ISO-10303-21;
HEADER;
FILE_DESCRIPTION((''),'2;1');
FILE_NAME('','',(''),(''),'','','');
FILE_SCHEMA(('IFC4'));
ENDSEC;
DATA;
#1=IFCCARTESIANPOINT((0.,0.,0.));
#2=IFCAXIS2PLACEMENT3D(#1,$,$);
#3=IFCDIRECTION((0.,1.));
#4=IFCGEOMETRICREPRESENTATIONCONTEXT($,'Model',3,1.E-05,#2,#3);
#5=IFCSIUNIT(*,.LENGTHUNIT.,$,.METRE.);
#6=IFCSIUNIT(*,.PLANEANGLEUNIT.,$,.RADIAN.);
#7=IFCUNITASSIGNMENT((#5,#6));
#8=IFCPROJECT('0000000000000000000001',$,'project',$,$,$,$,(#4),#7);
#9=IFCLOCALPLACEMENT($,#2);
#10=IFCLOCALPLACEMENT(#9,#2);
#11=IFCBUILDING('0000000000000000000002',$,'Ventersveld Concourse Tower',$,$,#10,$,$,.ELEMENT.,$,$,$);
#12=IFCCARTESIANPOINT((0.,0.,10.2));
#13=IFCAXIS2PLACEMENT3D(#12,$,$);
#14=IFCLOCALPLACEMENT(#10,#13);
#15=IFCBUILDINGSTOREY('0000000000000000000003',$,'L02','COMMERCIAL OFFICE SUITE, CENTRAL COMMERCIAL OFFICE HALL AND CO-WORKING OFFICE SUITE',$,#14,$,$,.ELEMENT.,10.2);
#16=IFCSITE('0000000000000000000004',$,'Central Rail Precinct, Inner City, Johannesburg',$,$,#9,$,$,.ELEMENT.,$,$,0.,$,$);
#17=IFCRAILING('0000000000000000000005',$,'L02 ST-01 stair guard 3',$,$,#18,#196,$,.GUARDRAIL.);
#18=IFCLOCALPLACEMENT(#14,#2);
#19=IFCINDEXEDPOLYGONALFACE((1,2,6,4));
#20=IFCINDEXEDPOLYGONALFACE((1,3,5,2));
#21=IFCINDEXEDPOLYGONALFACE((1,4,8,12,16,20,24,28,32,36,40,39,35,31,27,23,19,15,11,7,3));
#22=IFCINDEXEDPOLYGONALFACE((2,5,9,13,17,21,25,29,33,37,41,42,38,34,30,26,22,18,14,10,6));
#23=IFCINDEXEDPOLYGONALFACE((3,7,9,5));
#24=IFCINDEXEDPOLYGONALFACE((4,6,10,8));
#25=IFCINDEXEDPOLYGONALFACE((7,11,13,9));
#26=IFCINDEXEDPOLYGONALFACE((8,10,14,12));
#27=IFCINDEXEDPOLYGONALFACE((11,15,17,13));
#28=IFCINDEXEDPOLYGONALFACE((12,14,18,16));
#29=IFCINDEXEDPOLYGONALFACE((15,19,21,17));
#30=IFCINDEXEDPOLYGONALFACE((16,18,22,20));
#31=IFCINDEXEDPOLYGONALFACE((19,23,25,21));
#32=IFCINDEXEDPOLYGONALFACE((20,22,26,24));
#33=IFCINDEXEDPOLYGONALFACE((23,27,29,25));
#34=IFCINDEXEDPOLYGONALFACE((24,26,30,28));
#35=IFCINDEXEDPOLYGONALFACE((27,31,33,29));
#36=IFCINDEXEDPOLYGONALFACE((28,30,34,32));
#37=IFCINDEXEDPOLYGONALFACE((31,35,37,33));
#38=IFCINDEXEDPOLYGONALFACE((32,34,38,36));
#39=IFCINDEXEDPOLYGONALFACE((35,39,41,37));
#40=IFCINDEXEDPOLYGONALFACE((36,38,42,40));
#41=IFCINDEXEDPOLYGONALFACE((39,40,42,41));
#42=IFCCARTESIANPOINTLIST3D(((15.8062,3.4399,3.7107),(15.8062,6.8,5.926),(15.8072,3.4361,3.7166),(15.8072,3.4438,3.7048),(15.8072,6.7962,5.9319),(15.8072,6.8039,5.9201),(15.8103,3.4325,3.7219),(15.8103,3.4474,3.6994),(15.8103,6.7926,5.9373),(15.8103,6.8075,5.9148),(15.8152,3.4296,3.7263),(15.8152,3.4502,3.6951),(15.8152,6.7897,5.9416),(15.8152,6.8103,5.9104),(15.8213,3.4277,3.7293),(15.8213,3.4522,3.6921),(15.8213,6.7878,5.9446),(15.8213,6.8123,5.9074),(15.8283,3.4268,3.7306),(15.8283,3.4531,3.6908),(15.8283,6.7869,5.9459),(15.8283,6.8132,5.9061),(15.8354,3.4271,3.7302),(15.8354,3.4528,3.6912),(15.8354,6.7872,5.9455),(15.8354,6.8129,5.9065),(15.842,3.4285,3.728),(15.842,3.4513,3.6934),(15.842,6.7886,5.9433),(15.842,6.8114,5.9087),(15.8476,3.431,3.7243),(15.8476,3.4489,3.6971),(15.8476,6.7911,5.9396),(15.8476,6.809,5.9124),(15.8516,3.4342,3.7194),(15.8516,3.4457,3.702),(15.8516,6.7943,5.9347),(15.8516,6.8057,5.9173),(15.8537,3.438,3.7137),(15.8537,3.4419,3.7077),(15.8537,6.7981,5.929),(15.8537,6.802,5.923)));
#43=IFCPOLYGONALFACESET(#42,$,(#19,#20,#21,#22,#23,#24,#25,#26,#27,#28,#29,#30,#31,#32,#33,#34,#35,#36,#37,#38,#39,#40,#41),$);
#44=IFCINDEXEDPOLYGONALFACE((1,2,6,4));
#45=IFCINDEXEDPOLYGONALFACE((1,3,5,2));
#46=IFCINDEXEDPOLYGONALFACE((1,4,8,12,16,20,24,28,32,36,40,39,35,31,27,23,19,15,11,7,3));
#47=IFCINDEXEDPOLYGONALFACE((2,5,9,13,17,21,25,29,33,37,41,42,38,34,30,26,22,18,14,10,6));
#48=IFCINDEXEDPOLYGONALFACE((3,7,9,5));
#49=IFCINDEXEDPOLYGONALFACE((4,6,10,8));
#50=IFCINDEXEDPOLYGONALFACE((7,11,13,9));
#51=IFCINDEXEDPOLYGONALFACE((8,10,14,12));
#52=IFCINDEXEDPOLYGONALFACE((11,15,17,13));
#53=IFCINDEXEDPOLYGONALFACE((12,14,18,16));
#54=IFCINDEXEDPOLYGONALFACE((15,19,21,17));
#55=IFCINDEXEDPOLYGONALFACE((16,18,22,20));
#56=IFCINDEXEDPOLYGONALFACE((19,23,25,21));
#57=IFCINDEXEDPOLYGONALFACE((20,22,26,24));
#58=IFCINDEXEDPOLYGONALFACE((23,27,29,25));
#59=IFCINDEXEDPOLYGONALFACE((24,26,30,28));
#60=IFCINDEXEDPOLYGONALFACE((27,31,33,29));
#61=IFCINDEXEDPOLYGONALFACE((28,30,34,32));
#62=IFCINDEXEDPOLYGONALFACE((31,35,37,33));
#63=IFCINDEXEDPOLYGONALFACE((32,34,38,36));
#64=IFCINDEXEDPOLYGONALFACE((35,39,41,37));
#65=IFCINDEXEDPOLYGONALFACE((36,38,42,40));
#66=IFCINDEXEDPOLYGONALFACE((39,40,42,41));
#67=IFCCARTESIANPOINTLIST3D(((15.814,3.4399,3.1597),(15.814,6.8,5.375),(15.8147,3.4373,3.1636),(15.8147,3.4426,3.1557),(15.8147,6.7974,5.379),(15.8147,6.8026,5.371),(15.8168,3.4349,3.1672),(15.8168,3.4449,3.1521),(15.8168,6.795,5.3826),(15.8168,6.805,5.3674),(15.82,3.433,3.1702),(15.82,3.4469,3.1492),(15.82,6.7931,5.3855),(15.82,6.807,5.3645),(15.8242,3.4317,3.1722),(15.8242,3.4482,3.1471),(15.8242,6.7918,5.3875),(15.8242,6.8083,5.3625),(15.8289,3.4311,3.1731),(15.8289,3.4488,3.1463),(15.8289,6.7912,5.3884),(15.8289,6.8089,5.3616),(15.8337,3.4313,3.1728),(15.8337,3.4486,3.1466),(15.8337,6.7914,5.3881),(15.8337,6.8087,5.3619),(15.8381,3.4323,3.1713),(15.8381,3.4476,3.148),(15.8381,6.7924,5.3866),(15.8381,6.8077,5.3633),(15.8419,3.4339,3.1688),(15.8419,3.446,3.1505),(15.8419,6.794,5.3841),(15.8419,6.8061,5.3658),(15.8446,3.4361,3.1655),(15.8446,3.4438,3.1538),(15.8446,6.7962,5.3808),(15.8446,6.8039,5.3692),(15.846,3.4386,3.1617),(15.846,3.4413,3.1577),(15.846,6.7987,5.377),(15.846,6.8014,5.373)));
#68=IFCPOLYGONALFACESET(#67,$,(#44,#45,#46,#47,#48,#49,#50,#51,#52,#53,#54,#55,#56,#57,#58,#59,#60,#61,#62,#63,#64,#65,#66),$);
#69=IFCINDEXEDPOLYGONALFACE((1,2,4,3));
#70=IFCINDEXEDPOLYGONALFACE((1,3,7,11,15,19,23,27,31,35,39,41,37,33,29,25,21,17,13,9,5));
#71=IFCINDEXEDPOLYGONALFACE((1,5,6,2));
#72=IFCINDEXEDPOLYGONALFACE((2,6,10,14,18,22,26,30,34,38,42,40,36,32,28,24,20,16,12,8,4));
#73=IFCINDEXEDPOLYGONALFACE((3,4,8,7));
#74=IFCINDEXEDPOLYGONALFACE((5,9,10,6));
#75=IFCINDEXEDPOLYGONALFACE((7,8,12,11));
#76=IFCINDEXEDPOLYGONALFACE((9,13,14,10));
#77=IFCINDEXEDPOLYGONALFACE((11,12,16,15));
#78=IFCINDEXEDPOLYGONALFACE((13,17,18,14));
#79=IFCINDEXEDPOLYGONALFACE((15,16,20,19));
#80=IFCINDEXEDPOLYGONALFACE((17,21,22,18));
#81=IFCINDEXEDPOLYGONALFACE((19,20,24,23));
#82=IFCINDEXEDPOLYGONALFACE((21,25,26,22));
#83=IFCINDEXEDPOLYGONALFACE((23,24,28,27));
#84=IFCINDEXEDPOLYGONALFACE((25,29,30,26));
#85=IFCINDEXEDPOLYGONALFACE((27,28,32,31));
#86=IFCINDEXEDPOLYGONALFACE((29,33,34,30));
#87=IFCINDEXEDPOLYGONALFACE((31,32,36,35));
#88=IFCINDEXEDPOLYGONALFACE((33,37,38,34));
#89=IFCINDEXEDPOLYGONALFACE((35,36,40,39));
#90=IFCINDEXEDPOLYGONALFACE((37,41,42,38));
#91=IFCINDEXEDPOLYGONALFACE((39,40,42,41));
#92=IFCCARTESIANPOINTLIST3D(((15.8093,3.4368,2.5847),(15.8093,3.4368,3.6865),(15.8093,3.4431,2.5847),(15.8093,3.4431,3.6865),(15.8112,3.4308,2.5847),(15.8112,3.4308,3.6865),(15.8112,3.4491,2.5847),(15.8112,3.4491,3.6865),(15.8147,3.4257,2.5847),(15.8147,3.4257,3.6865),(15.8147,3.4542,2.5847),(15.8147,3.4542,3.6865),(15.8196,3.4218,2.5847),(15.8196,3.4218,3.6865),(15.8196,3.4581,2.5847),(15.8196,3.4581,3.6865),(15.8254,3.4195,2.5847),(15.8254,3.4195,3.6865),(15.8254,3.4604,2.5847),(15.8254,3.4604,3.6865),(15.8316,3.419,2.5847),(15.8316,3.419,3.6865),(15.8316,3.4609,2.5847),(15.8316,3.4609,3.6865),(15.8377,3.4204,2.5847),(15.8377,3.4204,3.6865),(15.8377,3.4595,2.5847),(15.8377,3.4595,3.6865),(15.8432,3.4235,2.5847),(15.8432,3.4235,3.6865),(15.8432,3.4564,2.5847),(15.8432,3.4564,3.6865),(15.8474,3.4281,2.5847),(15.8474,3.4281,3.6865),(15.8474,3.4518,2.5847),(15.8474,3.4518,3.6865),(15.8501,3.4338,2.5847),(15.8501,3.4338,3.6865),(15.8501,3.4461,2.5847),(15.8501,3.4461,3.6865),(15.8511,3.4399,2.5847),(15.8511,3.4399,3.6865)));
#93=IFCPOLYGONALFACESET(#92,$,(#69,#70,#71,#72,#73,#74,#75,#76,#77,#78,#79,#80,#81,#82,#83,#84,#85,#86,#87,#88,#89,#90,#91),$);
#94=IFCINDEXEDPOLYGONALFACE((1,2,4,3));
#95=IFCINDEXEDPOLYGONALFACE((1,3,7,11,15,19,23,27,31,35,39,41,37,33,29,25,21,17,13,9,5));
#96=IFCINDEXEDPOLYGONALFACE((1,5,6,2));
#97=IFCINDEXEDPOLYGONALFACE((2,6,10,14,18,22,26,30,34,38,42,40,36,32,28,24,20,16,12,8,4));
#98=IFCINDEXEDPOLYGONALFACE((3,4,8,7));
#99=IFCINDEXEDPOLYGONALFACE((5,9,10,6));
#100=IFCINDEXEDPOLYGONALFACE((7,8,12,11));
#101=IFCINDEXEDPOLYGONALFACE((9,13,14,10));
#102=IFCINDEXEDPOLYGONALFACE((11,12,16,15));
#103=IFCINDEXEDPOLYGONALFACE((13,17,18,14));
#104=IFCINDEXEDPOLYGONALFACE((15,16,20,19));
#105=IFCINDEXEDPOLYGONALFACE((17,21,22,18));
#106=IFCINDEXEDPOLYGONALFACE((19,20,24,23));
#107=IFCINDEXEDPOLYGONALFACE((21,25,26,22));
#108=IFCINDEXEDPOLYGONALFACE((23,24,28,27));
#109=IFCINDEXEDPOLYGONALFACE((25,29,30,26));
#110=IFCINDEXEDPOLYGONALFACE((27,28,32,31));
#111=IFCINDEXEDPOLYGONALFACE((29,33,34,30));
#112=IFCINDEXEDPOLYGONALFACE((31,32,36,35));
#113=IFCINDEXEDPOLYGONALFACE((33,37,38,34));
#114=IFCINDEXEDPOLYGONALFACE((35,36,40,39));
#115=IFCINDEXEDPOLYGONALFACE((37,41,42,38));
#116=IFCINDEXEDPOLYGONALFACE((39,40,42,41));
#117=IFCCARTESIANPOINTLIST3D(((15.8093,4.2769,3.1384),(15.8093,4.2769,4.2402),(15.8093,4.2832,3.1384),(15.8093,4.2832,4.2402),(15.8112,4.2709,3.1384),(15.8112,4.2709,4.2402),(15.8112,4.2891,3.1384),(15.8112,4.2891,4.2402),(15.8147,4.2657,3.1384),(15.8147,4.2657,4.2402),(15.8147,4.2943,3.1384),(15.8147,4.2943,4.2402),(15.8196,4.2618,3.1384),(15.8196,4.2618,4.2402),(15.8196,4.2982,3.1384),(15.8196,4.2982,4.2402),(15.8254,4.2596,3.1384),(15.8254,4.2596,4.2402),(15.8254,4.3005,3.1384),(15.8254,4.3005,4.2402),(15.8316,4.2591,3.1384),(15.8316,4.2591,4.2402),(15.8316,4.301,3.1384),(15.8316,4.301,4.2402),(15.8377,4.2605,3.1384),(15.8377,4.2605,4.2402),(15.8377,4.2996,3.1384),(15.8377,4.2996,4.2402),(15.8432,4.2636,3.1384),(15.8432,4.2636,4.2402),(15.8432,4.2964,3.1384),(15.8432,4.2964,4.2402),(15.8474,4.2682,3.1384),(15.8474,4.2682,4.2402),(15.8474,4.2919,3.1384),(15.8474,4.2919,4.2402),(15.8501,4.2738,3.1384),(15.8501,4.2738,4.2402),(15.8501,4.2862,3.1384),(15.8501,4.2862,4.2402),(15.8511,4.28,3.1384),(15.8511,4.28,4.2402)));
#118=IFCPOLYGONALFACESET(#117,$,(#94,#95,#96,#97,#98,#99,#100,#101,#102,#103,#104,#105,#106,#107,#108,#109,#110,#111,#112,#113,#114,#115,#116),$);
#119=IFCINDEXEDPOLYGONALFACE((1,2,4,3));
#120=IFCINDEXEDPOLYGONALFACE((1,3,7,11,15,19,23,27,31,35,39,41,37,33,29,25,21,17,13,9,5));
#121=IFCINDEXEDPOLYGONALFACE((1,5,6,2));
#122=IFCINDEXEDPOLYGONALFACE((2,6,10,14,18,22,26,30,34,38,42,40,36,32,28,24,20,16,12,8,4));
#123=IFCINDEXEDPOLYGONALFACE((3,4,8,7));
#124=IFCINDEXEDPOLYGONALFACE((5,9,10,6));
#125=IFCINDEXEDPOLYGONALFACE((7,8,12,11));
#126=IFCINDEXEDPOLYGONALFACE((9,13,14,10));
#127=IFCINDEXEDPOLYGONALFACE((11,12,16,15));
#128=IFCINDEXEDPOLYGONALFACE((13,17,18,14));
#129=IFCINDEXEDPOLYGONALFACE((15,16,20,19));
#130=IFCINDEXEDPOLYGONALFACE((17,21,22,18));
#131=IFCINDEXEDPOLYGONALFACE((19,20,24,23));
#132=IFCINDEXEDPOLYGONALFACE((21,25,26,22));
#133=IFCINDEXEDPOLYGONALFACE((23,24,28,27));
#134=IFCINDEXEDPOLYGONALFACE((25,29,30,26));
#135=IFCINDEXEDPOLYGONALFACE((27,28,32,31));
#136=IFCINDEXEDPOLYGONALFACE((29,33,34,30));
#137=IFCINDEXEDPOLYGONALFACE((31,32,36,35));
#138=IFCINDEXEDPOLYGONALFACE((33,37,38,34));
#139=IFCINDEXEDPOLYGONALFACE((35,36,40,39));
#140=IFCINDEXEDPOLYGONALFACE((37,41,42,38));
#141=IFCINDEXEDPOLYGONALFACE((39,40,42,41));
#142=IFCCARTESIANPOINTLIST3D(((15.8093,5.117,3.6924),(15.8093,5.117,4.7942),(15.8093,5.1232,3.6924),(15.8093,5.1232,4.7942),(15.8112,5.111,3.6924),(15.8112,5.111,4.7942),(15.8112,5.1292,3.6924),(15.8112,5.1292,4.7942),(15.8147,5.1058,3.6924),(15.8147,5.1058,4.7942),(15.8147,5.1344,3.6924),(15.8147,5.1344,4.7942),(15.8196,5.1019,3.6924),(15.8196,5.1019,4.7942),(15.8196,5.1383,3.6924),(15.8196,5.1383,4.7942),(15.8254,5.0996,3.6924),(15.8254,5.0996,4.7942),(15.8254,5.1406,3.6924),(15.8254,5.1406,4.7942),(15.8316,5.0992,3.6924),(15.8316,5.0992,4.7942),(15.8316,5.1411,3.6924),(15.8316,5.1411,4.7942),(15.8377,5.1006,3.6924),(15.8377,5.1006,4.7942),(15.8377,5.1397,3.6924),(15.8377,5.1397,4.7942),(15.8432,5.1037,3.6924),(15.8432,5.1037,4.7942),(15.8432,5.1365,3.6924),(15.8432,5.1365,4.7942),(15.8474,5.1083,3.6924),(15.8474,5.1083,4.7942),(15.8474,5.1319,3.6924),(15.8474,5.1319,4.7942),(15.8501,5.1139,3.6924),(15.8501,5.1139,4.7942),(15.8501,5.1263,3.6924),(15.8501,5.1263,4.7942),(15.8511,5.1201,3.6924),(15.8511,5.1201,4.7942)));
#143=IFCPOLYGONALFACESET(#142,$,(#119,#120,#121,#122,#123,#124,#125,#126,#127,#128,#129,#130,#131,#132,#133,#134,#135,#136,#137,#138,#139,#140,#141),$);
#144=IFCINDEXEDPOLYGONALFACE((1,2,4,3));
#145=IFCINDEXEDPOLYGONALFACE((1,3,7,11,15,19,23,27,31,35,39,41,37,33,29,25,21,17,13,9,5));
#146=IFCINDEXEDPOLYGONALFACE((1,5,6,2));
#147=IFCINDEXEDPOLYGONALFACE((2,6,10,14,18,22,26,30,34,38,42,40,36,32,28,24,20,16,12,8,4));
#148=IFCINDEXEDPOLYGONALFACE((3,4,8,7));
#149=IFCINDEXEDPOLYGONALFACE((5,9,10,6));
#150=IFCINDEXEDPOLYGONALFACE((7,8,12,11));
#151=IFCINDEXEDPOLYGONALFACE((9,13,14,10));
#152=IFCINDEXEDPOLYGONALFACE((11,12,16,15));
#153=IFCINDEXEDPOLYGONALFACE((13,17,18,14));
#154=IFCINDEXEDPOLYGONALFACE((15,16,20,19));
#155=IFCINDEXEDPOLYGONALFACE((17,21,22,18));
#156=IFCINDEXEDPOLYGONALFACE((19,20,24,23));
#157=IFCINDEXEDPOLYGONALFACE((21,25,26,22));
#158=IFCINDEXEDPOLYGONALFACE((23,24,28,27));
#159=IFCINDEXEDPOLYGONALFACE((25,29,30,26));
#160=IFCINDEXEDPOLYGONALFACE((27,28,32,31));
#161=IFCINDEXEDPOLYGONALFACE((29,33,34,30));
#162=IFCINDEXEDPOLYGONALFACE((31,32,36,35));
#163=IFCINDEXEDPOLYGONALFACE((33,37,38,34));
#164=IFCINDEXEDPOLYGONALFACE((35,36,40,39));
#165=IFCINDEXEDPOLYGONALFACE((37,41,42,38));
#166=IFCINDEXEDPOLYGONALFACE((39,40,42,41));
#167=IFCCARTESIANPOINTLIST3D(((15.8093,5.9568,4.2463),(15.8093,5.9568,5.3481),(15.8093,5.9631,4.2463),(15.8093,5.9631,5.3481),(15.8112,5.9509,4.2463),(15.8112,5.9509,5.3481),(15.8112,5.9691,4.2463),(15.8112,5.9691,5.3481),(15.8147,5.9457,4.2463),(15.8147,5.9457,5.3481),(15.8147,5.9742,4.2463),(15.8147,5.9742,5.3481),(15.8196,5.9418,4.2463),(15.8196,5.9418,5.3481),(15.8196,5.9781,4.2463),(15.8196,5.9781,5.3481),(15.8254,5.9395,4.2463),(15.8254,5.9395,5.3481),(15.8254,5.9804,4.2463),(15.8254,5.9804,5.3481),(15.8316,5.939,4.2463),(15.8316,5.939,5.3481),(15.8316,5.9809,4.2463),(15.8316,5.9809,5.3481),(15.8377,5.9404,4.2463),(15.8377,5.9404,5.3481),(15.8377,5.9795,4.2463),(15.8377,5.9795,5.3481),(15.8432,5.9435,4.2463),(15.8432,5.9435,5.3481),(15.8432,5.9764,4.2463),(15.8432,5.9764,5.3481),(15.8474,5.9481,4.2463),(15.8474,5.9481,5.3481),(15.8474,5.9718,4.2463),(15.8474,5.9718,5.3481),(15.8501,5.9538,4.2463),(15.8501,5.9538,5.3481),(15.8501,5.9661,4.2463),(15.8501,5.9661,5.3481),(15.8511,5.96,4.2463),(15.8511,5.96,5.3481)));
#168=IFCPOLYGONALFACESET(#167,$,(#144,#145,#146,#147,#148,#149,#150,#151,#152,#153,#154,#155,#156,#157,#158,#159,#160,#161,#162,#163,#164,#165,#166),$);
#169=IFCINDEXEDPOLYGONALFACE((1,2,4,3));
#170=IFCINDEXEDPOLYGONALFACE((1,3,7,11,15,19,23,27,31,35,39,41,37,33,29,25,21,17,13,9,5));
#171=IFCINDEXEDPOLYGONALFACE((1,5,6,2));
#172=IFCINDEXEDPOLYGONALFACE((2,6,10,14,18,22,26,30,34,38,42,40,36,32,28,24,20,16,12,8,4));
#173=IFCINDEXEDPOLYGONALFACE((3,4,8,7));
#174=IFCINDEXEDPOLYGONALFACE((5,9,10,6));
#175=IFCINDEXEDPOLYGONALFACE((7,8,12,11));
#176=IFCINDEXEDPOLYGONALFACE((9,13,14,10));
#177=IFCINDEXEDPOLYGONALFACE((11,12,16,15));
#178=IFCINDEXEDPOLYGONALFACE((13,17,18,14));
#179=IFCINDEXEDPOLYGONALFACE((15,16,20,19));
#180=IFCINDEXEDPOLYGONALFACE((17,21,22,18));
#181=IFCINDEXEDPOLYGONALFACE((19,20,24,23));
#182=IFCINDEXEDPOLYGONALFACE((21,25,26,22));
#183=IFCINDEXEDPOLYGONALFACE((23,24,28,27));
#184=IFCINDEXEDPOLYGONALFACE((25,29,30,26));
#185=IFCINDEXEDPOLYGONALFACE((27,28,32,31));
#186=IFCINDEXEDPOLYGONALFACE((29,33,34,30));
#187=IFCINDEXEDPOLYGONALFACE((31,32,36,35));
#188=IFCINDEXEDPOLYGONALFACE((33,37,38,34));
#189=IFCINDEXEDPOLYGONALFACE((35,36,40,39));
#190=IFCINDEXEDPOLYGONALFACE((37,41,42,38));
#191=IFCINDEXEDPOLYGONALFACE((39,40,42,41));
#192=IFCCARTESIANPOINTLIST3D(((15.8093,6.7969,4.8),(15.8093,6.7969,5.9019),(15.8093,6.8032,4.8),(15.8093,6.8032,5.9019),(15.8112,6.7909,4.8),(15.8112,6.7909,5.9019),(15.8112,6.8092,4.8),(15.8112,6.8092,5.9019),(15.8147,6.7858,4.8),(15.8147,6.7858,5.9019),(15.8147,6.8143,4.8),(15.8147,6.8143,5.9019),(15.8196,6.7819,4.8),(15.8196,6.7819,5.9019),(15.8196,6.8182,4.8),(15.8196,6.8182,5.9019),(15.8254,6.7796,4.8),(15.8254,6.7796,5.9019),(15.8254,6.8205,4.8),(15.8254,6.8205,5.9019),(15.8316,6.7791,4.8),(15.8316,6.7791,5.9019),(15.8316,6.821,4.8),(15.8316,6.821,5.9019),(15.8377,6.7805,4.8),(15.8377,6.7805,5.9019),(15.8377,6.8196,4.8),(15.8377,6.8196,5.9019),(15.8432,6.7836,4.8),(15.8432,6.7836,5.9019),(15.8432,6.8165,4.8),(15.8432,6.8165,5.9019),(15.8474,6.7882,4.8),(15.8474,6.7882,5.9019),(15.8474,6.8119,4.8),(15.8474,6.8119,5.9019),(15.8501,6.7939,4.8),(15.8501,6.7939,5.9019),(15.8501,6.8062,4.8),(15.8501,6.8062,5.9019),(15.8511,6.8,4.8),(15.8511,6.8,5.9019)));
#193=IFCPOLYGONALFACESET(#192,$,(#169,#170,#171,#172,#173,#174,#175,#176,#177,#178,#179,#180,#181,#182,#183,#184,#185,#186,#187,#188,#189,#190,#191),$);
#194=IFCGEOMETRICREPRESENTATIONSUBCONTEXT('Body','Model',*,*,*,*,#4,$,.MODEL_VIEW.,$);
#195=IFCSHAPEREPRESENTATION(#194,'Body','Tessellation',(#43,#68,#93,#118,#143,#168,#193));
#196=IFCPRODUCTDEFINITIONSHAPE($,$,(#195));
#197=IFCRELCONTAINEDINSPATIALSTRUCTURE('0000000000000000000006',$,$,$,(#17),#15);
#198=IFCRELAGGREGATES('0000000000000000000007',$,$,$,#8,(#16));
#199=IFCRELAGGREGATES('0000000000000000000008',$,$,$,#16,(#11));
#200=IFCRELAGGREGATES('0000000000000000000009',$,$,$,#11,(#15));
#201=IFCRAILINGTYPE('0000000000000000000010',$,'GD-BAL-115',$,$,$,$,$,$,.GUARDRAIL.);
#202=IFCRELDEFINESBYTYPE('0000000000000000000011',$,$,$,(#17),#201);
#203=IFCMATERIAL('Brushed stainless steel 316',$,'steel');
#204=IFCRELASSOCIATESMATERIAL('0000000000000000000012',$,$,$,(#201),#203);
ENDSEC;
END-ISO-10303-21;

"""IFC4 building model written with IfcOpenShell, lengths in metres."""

from ifc_helpers import new_model, si_unit, direction, frame, origin, origin_2d, place, context, subcontext, project, spatial, circle, extrude, material, type_object, element, save


model = new_model("IFC4")

# Units and contexts
model_context = context("Model", 3, precision=1e-05, world=origin(), true_north=direction((0.0, 1.0)))
body_context = subcontext(model_context, "Body", "Model", "MODEL_VIEW")
ifc_project = project(units=[si_unit("LENGTHUNIT", "METRE"), si_unit("PLANEANGLEUNIT", "RADIAN")], contexts=[model_context])

# Site, building, storey
site_placement = place(None, origin())
site = spatial("IfcSite", under=ifc_project, at=site_placement, Name="Central Rail Precinct, Inner City, Johannesburg", CompositionType="ELEMENT", RefElevation=0.0)
building_placement = place(site_placement, origin())
building = spatial("IfcBuilding", under=site, at=building_placement, Name="Ventersveld Concourse Tower", CompositionType="ELEMENT")
storey_placement = place(building_placement, frame((0.0, 0.0, 10.2)))
storey = spatial("IfcBuildingStorey", under=building, at=storey_placement, Name="L02", Description="COMMERCIAL OFFICE SUITE, CENTRAL COMMERCIAL OFFICE HALL AND CO-WORKING OFFICE SUITE", CompositionType="ELEMENT", Elevation=10.2)

# Shared definitions
ifc_material_1 = material(Name="Brushed stainless steel 316", Category="steel")

# Railing
railing_type_1 = type_object("IfcRailingType", Name="GD-BAL-115", PredefinedType="GUARDRAIL", material=ifc_material_1)
railing_1_placement = place(storey_placement, frame((15.8301, 3.4399, 2.5847)))
element("IfcRailing", 1, at=railing_1_placement, inside=storey, type_object=railing_type_1, Name="L02 ST-01 stair guard 3", PredefinedType="GUARDRAIL", context=body_context, shape_type="SweptSolid", body=[
    extrude(circle(Radius=0.0239, at=origin_2d()), frame((0.0, 0.0, 1.126), z_axis=(0.0, 0.834876, 0.550437), x_axis=(-1.0, 0.0, 0.0)), (0.0, 0.0, 1.0), 4.0247),
    extrude(circle(Radius=0.0161, at=origin_2d()), frame((0.0, 0.0, 0.575), z_axis=(0.0, 0.834876, 0.550437), x_axis=(-1.0, 0.0, 0.0)), (0.0, 0.0, 1.0), 4.0247),
    extrude(circle(Radius=0.021, at=origin_2d()), origin(), (0.0, 0.0, 1.0), 1.1018),
    extrude(circle(Radius=0.021, at=origin_2d()), frame((0.0, 0.8401, 0.5537)), (0.0, 0.0, 1.0), 1.1018),
    extrude(circle(Radius=0.021, at=origin_2d()), frame((0.0, 1.6802, 1.1077)), (0.0, 0.0, 1.0), 1.1018),
    extrude(circle(Radius=0.021, at=origin_2d()), frame((0.0, 2.52, 1.6616)), (0.0, 0.0, 1.0), 1.1018),
    extrude(circle(Radius=0.021, at=origin_2d()), frame((0.0, 3.3601, 2.2153)), (0.0, 0.0, 1.0), 1.1018),
])

save(model, "model.ifc")
